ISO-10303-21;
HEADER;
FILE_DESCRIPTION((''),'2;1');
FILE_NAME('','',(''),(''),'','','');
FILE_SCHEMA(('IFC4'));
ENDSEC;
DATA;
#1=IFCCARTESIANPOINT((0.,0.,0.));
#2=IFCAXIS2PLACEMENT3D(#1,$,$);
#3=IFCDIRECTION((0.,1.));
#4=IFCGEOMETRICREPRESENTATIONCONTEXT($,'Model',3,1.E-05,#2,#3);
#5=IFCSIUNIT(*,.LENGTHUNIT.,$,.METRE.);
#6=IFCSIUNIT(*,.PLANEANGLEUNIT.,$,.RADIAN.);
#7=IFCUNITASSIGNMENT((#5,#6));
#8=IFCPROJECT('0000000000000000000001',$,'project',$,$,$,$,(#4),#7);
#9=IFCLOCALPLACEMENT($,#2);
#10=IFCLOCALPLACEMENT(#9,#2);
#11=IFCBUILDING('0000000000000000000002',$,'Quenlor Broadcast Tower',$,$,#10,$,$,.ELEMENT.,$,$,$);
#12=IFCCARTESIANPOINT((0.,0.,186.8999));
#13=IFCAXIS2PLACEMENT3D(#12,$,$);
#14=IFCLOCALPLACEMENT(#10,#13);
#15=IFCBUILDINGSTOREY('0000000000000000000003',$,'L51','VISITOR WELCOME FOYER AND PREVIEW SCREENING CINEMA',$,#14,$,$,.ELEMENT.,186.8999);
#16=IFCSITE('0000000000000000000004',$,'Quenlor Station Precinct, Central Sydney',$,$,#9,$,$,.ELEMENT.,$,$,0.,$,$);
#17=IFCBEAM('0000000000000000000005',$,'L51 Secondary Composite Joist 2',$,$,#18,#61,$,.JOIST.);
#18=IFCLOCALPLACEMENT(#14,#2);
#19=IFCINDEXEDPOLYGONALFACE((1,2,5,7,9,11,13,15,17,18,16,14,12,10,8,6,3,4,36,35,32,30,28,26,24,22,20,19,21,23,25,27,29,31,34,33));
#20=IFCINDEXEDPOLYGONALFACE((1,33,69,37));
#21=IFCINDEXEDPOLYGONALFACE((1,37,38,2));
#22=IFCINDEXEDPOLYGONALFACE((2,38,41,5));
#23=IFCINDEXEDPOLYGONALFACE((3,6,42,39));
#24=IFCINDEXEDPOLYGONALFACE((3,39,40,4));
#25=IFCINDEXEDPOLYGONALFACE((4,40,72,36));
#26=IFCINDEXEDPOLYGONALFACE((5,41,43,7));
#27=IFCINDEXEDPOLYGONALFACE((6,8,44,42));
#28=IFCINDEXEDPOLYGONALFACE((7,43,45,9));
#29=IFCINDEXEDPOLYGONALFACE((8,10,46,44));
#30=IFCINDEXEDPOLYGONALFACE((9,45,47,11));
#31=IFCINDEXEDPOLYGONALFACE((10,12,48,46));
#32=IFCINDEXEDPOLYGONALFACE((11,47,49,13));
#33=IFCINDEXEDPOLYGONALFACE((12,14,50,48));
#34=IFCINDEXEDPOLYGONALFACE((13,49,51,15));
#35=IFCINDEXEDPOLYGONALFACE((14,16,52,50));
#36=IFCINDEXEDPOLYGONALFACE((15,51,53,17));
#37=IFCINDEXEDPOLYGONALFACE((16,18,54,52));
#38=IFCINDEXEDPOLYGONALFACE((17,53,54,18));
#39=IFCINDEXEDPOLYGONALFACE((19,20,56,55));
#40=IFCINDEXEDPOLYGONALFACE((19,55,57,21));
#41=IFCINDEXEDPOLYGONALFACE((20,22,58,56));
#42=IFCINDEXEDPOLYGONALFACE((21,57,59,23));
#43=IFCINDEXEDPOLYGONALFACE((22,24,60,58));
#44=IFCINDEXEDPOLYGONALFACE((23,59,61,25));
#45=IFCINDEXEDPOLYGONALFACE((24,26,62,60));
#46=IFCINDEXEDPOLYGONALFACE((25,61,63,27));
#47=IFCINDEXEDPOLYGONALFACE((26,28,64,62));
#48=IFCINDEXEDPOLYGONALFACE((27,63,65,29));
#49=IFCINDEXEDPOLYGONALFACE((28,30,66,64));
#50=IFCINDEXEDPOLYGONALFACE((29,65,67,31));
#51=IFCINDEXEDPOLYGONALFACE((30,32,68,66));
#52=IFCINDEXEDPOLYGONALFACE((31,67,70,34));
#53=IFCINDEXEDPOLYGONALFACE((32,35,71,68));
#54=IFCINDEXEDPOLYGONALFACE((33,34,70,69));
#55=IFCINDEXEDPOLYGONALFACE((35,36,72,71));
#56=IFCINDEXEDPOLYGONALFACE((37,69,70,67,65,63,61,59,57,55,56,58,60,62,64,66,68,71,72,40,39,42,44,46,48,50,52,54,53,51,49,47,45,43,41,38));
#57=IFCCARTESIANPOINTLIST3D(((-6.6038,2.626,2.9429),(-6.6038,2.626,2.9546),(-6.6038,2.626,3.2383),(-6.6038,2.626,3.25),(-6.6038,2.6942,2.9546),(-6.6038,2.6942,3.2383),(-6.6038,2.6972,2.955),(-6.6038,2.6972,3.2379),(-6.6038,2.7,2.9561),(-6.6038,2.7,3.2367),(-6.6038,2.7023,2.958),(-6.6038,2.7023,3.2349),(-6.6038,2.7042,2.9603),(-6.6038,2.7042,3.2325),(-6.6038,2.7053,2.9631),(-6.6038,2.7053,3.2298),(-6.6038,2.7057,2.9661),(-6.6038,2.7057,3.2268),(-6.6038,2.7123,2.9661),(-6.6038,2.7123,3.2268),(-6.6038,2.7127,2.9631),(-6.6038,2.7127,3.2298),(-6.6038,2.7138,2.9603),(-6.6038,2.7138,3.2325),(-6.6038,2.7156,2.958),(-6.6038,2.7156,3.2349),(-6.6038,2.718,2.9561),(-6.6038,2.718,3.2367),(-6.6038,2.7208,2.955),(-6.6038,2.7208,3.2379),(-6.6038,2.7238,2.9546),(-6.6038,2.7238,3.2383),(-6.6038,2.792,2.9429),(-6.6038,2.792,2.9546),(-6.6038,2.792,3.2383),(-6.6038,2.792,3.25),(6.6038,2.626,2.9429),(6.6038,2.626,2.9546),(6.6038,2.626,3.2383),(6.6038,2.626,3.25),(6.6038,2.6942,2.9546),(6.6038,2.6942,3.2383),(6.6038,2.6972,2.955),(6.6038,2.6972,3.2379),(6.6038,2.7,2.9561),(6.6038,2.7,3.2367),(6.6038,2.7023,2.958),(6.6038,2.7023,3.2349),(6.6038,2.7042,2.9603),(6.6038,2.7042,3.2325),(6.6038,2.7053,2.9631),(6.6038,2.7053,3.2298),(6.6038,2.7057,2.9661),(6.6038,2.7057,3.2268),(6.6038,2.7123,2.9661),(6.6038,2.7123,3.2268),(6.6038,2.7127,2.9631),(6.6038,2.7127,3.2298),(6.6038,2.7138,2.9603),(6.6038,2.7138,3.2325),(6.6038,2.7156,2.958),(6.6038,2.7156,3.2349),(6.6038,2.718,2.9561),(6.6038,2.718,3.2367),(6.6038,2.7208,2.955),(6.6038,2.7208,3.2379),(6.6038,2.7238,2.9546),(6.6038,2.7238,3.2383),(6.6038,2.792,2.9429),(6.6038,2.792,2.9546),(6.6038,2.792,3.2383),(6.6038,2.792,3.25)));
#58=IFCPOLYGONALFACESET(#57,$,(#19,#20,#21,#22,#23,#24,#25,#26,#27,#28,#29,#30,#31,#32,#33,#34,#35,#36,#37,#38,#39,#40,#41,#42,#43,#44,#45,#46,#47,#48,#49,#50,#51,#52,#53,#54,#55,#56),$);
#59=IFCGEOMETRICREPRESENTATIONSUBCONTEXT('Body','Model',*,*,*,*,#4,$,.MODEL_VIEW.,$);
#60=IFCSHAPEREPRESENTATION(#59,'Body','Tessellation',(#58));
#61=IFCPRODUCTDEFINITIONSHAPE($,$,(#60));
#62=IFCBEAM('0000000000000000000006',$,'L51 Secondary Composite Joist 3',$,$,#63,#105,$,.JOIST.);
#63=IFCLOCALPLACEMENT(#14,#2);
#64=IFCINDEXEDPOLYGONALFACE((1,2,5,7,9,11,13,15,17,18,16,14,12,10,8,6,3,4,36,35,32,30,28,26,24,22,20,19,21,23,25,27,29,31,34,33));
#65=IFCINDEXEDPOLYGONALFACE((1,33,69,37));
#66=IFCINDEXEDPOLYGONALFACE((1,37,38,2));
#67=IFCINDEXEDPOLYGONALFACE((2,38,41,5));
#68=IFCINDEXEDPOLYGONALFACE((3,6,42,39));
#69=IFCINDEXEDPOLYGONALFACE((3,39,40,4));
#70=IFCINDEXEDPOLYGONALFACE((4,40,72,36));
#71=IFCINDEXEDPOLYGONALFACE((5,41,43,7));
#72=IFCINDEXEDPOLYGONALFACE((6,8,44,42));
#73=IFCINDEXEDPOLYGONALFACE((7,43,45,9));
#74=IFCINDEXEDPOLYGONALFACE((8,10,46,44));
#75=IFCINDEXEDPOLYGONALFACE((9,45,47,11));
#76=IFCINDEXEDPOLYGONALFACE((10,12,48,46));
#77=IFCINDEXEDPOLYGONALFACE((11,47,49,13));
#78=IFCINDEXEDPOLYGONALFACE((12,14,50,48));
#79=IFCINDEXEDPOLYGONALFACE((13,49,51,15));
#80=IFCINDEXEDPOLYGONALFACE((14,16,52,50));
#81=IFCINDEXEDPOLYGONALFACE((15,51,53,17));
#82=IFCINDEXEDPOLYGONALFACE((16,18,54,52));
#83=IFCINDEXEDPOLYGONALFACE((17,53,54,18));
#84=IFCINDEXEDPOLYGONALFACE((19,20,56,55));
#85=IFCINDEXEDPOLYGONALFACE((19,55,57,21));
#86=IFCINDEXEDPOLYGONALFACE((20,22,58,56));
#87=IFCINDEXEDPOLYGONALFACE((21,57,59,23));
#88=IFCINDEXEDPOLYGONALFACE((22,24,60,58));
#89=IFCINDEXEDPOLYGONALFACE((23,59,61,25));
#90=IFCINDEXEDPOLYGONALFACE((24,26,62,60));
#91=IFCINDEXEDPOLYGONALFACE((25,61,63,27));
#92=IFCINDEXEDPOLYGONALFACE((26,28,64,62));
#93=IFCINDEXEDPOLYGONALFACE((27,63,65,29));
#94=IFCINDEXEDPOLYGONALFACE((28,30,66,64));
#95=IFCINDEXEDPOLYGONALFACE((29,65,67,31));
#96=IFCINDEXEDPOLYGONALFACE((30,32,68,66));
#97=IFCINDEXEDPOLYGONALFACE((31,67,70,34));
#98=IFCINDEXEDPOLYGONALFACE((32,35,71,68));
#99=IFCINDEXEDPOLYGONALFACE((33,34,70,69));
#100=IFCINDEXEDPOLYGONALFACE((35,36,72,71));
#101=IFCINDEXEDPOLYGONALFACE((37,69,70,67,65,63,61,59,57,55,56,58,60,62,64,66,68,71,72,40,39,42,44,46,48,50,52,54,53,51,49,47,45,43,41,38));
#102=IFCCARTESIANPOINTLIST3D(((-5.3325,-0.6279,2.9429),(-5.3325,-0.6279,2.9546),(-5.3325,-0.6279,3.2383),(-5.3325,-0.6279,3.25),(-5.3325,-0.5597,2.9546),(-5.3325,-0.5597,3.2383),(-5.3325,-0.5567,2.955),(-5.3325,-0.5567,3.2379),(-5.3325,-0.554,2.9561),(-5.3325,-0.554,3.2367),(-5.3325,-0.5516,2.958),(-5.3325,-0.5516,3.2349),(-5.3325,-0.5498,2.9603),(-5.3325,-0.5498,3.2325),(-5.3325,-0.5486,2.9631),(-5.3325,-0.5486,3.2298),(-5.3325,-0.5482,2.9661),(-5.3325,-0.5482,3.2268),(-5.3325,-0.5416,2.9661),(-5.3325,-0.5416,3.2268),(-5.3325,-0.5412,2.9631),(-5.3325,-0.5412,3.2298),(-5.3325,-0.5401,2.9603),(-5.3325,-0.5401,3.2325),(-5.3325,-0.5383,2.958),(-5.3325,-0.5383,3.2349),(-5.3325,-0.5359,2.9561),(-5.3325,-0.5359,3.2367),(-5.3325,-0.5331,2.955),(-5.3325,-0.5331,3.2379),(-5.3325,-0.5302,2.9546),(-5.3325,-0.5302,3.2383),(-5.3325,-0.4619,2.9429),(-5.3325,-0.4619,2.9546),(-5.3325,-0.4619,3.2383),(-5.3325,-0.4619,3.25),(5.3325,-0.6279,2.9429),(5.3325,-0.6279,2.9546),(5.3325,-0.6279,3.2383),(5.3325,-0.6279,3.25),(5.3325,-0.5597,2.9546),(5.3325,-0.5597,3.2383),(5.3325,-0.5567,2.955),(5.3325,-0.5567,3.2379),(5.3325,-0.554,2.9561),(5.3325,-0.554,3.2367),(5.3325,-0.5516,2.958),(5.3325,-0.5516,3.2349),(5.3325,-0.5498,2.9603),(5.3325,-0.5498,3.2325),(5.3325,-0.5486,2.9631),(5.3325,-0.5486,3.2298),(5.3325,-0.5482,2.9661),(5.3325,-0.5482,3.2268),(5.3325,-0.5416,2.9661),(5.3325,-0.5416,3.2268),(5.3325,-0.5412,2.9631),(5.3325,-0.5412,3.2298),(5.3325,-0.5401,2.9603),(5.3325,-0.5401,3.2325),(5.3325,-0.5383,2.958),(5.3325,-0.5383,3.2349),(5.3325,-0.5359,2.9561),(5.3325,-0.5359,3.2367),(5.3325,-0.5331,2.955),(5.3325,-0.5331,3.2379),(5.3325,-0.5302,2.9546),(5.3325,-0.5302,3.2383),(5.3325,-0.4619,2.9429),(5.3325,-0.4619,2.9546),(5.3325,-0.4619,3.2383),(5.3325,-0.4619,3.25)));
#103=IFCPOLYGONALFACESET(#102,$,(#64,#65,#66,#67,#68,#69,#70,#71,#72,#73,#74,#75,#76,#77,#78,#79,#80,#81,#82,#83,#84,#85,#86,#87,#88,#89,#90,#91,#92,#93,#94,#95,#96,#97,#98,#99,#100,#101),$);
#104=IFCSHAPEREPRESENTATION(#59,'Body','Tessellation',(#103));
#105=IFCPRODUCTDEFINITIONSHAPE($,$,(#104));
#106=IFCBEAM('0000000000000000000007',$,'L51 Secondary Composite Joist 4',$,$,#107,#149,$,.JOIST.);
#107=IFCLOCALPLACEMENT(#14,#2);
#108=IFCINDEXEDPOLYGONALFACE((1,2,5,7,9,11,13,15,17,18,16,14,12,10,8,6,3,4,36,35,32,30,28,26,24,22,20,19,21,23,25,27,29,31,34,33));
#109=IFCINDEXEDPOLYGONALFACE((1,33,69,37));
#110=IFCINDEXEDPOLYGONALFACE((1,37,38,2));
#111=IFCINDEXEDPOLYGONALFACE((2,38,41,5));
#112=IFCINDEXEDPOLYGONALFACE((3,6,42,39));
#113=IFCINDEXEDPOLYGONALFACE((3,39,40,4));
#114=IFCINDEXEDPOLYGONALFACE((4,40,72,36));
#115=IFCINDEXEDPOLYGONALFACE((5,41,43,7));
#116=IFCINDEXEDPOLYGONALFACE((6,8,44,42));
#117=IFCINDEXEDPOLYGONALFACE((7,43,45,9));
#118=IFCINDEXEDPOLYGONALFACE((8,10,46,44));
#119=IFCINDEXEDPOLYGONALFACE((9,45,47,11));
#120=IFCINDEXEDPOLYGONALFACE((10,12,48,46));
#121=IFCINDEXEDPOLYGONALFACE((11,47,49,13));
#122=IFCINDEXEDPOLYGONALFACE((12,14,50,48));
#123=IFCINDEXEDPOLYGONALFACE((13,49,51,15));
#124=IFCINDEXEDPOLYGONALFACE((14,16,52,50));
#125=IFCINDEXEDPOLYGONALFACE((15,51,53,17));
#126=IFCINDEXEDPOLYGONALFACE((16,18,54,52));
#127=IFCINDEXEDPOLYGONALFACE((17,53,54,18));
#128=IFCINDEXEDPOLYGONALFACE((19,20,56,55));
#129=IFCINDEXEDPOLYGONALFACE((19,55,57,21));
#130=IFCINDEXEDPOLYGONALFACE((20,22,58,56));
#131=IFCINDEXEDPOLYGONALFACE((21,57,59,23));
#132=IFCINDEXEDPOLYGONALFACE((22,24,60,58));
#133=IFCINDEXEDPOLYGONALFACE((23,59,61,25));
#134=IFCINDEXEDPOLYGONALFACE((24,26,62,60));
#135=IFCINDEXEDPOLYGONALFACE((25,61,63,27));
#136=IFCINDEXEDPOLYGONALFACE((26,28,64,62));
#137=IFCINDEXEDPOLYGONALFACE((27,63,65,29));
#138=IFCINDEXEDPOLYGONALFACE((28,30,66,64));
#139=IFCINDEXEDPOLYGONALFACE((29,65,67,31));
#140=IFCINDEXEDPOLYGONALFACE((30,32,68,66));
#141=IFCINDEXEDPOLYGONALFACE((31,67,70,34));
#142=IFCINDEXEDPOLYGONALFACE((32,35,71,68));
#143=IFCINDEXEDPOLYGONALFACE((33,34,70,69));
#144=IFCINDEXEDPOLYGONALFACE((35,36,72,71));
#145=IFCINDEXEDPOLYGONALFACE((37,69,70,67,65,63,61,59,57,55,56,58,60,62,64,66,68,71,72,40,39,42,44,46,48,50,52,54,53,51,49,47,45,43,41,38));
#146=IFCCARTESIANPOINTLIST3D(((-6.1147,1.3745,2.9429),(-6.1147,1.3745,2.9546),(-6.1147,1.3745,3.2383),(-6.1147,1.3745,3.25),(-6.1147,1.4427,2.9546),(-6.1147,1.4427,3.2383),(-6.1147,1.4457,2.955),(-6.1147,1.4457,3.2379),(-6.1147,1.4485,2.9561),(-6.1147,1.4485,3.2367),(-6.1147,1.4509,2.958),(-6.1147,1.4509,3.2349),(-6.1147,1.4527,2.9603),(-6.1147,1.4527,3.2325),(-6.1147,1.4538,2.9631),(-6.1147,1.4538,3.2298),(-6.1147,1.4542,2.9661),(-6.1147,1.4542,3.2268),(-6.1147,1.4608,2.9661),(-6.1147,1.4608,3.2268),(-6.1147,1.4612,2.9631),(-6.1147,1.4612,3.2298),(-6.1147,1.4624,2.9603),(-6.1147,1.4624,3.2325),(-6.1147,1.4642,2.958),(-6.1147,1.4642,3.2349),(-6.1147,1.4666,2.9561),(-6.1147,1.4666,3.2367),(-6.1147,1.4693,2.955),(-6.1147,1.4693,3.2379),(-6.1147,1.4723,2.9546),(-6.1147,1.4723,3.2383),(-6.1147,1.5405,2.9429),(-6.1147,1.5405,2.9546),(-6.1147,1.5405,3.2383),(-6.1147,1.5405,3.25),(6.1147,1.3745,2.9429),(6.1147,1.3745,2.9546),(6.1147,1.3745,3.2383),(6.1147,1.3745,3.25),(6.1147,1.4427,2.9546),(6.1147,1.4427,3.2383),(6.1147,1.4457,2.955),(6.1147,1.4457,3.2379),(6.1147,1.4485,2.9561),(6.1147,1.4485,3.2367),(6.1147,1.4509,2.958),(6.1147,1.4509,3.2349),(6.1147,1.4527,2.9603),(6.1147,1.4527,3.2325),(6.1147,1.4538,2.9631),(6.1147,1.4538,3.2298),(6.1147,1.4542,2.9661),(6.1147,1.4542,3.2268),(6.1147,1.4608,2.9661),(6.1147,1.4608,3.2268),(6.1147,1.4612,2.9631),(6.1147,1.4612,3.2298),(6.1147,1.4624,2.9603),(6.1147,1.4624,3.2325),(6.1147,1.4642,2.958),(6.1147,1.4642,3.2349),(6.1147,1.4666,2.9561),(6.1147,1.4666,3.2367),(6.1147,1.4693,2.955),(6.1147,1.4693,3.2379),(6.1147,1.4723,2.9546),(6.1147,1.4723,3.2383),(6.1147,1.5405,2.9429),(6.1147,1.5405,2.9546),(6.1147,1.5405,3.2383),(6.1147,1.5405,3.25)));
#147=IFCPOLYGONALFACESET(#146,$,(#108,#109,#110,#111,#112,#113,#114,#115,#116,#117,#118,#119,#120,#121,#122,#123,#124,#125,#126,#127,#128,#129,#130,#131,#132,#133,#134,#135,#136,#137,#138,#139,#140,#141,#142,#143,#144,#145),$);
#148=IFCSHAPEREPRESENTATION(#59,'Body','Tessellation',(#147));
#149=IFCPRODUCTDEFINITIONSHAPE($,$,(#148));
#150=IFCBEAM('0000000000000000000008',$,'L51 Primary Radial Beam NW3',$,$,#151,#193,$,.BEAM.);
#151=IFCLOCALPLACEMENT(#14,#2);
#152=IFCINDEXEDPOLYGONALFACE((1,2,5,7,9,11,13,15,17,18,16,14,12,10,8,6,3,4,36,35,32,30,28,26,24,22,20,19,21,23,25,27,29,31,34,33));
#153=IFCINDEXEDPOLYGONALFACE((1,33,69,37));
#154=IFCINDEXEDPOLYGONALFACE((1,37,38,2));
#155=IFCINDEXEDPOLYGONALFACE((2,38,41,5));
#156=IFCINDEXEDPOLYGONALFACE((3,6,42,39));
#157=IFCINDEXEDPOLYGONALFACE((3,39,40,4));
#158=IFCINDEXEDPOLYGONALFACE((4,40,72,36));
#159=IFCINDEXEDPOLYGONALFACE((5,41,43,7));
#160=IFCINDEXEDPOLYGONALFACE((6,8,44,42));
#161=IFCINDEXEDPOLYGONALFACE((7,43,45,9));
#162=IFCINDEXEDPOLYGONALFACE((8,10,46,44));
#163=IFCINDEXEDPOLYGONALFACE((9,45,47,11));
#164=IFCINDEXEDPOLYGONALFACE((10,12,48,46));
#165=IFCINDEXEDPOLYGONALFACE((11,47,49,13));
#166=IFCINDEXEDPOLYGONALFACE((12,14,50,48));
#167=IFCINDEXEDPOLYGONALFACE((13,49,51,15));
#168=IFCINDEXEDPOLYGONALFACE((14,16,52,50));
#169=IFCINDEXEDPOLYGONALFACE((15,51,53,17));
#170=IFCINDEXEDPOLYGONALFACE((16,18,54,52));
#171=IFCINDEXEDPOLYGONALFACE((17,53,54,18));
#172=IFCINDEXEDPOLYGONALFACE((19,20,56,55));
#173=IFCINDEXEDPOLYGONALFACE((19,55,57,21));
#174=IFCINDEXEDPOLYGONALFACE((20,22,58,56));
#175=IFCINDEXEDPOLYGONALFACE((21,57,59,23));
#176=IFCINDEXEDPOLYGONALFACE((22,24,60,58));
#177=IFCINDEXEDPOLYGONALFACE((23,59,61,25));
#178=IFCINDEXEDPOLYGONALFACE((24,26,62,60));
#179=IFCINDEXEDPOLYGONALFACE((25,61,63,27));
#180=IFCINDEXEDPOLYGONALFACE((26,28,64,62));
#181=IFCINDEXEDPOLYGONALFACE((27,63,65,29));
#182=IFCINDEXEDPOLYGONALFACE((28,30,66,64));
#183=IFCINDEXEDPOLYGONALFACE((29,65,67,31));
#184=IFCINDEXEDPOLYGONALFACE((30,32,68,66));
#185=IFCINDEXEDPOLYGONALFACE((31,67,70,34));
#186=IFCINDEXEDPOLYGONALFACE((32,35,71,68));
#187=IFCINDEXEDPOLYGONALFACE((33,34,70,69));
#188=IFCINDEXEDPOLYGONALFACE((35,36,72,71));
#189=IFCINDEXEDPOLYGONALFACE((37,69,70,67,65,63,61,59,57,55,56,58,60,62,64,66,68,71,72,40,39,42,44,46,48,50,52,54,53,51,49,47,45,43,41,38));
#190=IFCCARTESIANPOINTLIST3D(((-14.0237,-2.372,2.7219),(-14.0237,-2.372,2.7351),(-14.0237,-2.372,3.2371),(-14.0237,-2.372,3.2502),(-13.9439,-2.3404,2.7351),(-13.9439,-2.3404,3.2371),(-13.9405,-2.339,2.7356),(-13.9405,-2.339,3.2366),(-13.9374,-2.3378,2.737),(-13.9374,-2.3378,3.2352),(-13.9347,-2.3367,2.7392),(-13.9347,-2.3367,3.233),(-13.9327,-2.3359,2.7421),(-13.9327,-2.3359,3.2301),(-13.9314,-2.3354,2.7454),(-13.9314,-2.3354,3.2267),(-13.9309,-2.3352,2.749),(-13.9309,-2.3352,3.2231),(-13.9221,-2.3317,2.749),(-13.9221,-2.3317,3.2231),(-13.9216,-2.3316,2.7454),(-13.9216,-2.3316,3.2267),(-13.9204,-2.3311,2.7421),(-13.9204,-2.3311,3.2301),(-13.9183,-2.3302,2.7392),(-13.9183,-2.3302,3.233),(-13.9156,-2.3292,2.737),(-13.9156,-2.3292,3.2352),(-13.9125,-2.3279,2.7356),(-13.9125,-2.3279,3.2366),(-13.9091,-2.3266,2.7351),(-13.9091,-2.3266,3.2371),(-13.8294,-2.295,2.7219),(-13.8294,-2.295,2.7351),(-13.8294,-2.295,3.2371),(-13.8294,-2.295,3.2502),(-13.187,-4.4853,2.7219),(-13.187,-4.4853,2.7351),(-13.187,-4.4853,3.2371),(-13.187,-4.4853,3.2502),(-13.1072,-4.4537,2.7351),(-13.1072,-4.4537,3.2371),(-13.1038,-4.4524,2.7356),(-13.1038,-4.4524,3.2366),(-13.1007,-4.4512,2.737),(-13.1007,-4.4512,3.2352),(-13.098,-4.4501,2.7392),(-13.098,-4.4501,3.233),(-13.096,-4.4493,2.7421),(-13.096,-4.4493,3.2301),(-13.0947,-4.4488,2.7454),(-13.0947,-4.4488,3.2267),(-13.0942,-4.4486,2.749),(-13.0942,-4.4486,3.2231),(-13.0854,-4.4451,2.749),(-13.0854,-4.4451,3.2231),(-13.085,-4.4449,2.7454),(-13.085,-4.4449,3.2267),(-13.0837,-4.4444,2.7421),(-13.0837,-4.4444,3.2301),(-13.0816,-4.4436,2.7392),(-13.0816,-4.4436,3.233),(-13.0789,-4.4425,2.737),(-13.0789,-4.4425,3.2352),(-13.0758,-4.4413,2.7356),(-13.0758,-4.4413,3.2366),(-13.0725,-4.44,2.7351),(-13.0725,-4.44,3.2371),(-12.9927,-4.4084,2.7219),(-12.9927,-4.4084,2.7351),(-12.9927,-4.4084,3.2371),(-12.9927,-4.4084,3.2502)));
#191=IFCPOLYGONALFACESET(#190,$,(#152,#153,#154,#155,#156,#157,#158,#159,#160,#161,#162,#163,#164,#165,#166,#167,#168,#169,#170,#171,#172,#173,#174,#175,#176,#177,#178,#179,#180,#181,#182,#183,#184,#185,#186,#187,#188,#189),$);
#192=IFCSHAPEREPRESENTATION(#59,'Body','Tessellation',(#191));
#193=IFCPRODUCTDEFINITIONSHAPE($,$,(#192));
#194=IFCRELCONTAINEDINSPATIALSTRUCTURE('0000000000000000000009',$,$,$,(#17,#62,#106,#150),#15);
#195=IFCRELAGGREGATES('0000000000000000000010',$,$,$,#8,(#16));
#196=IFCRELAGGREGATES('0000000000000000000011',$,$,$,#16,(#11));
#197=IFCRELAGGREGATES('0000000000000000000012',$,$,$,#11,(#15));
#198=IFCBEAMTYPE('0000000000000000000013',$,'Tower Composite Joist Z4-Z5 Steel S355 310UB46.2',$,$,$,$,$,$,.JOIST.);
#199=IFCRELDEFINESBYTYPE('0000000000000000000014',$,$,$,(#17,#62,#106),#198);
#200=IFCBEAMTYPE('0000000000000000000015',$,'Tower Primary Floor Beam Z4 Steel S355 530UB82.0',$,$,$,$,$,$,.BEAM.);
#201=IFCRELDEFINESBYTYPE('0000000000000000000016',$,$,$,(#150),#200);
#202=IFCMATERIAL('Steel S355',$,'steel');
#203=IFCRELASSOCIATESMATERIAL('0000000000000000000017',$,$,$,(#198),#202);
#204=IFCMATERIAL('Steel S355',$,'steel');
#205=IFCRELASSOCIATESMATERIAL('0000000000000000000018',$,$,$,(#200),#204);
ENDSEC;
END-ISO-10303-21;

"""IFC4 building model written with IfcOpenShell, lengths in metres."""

from ifc_helpers import new_model, si_unit, direction, frame, origin, origin_2d, place, context, subcontext, project, spatial, i_section, extrude, material, material_profile, profile_set, type_object, element, save


model = new_model("IFC4")

# Units and contexts
model_context = context("Model", 3, precision=1e-05, world=origin(), true_north=direction((0.0, 1.0)))
body_context = subcontext(model_context, "Body", "Model", "MODEL_VIEW")
ifc_project = project(units=[si_unit("LENGTHUNIT", "METRE"), si_unit("PLANEANGLEUNIT", "RADIAN")], contexts=[model_context])

# Site, building, storey
site_placement = place(None, origin())
site = spatial("IfcSite", under=ifc_project, at=site_placement, Name="Quenlor Station Precinct, Central Sydney", CompositionType="ELEMENT", RefElevation=0.0)
building_placement = place(site_placement, origin())
building = spatial("IfcBuilding", under=site, at=building_placement, Name="Quenlor Broadcast Tower", CompositionType="ELEMENT")
storey_placement = place(building_placement, frame((0.0, 0.0, 186.8999)))
storey = spatial("IfcBuildingStorey", under=building, at=storey_placement, Name="L51", Description="VISITOR WELCOME FOYER AND PREVIEW SCREENING CINEMA", CompositionType="ELEMENT", Elevation=186.8999)

# Beams
ifc_material_1 = material(Name="Steel S355", Category="steel")
ifc_material_profile_1 = material_profile(ifc_material_1, i_section(OverallWidth=0.166, OverallDepth=0.3071, WebThickness=0.0066, FlangeThickness=0.0117, FilletRadius=0.0115, at=origin_2d()))
ifc_profile_set_1 = profile_set([ifc_material_profile_1], Name="Steel S355 310UB46.2")
beam_type_1 = type_object("IfcBeamType", Name="Tower Composite Joist Z4-Z5 Steel S355 310UB46.2", PredefinedType="JOIST", material=ifc_profile_set_1)
beam_1_placement = place(storey_placement, frame((-6.6038, 2.709, 3.0964), z_axis=(1.0, 0.0, 0.0), x_axis=(0.0, 1.0, 0.0)))
element("IfcBeam", 1, at=beam_1_placement, inside=storey, type_object=beam_type_1, Name="L51 Secondary Composite Joist 2", PredefinedType="JOIST", context=body_context, shape_type="SweptSolid", body=[
    extrude(i_section(OverallWidth=0.166, OverallDepth=0.3071, WebThickness=0.0066, FlangeThickness=0.0117, FilletRadius=0.0115, at=origin_2d()), origin(), (0.0, 0.0, 1.0), 13.2075),
])
beam_2_placement = place(storey_placement, frame((-5.3325, -0.5449, 3.0964), z_axis=(1.0, 0.0, 0.0), x_axis=(0.0, 1.0, 0.0)))
element("IfcBeam", 2, at=beam_2_placement, inside=storey, type_object=beam_type_1, Name="L51 Secondary Composite Joist 3", PredefinedType="JOIST", context=body_context, shape_type="SweptSolid", body=[
    extrude(i_section(OverallWidth=0.166, OverallDepth=0.3071, WebThickness=0.0066, FlangeThickness=0.0117, FilletRadius=0.0115, at=origin_2d()), origin(), (0.0, 0.0, 1.0), 10.665),
])
beam_3_placement = place(storey_placement, frame((-6.1147, 1.4575, 3.0964), z_axis=(1.0, 0.0, 0.0), x_axis=(0.0, 1.0, 0.0)))
element("IfcBeam", 3, at=beam_3_placement, inside=storey, type_object=beam_type_1, Name="L51 Secondary Composite Joist 4", PredefinedType="JOIST", context=body_context, shape_type="SweptSolid", body=[
    extrude(i_section(OverallWidth=0.166, OverallDepth=0.3071, WebThickness=0.0066, FlangeThickness=0.0117, FilletRadius=0.0115, at=origin_2d()), origin(), (0.0, 0.0, 1.0), 12.2295),
])
ifc_material_2 = material(Name="Steel S355", Category="steel")
ifc_material_profile_2 = material_profile(ifc_material_2, i_section(OverallWidth=0.209, OverallDepth=0.5283, WebThickness=0.0095, FlangeThickness=0.0132, FilletRadius=0.0139, at=origin_2d()))
ifc_profile_set_2 = profile_set([ifc_material_profile_2], Name="Steel S355 530UB82.0")
beam_type_2 = type_object("IfcBeamType", Name="Tower Primary Floor Beam Z4 Steel S355 530UB82.0", PredefinedType="BEAM", material=ifc_profile_set_2)
beam_4_placement = place(storey_placement, frame((-13.9265, -2.3335, 2.9861), z_axis=(0.36811, -0.929782, 0.0), x_axis=(0.929782, 0.36811, 0.0)))
element("IfcBeam", 4, at=beam_4_placement, inside=storey, type_object=beam_type_2, Name="L51 Primary Radial Beam NW3", PredefinedType="BEAM", context=body_context, shape_type="SweptSolid", body=[
    extrude(i_section(OverallWidth=0.209, OverallDepth=0.5283, WebThickness=0.0095, FlangeThickness=0.0132, FilletRadius=0.0139, at=origin_2d()), origin(), (0.0, 0.0, 1.0), 2.2729),
])

save(model, "model.ifc")
